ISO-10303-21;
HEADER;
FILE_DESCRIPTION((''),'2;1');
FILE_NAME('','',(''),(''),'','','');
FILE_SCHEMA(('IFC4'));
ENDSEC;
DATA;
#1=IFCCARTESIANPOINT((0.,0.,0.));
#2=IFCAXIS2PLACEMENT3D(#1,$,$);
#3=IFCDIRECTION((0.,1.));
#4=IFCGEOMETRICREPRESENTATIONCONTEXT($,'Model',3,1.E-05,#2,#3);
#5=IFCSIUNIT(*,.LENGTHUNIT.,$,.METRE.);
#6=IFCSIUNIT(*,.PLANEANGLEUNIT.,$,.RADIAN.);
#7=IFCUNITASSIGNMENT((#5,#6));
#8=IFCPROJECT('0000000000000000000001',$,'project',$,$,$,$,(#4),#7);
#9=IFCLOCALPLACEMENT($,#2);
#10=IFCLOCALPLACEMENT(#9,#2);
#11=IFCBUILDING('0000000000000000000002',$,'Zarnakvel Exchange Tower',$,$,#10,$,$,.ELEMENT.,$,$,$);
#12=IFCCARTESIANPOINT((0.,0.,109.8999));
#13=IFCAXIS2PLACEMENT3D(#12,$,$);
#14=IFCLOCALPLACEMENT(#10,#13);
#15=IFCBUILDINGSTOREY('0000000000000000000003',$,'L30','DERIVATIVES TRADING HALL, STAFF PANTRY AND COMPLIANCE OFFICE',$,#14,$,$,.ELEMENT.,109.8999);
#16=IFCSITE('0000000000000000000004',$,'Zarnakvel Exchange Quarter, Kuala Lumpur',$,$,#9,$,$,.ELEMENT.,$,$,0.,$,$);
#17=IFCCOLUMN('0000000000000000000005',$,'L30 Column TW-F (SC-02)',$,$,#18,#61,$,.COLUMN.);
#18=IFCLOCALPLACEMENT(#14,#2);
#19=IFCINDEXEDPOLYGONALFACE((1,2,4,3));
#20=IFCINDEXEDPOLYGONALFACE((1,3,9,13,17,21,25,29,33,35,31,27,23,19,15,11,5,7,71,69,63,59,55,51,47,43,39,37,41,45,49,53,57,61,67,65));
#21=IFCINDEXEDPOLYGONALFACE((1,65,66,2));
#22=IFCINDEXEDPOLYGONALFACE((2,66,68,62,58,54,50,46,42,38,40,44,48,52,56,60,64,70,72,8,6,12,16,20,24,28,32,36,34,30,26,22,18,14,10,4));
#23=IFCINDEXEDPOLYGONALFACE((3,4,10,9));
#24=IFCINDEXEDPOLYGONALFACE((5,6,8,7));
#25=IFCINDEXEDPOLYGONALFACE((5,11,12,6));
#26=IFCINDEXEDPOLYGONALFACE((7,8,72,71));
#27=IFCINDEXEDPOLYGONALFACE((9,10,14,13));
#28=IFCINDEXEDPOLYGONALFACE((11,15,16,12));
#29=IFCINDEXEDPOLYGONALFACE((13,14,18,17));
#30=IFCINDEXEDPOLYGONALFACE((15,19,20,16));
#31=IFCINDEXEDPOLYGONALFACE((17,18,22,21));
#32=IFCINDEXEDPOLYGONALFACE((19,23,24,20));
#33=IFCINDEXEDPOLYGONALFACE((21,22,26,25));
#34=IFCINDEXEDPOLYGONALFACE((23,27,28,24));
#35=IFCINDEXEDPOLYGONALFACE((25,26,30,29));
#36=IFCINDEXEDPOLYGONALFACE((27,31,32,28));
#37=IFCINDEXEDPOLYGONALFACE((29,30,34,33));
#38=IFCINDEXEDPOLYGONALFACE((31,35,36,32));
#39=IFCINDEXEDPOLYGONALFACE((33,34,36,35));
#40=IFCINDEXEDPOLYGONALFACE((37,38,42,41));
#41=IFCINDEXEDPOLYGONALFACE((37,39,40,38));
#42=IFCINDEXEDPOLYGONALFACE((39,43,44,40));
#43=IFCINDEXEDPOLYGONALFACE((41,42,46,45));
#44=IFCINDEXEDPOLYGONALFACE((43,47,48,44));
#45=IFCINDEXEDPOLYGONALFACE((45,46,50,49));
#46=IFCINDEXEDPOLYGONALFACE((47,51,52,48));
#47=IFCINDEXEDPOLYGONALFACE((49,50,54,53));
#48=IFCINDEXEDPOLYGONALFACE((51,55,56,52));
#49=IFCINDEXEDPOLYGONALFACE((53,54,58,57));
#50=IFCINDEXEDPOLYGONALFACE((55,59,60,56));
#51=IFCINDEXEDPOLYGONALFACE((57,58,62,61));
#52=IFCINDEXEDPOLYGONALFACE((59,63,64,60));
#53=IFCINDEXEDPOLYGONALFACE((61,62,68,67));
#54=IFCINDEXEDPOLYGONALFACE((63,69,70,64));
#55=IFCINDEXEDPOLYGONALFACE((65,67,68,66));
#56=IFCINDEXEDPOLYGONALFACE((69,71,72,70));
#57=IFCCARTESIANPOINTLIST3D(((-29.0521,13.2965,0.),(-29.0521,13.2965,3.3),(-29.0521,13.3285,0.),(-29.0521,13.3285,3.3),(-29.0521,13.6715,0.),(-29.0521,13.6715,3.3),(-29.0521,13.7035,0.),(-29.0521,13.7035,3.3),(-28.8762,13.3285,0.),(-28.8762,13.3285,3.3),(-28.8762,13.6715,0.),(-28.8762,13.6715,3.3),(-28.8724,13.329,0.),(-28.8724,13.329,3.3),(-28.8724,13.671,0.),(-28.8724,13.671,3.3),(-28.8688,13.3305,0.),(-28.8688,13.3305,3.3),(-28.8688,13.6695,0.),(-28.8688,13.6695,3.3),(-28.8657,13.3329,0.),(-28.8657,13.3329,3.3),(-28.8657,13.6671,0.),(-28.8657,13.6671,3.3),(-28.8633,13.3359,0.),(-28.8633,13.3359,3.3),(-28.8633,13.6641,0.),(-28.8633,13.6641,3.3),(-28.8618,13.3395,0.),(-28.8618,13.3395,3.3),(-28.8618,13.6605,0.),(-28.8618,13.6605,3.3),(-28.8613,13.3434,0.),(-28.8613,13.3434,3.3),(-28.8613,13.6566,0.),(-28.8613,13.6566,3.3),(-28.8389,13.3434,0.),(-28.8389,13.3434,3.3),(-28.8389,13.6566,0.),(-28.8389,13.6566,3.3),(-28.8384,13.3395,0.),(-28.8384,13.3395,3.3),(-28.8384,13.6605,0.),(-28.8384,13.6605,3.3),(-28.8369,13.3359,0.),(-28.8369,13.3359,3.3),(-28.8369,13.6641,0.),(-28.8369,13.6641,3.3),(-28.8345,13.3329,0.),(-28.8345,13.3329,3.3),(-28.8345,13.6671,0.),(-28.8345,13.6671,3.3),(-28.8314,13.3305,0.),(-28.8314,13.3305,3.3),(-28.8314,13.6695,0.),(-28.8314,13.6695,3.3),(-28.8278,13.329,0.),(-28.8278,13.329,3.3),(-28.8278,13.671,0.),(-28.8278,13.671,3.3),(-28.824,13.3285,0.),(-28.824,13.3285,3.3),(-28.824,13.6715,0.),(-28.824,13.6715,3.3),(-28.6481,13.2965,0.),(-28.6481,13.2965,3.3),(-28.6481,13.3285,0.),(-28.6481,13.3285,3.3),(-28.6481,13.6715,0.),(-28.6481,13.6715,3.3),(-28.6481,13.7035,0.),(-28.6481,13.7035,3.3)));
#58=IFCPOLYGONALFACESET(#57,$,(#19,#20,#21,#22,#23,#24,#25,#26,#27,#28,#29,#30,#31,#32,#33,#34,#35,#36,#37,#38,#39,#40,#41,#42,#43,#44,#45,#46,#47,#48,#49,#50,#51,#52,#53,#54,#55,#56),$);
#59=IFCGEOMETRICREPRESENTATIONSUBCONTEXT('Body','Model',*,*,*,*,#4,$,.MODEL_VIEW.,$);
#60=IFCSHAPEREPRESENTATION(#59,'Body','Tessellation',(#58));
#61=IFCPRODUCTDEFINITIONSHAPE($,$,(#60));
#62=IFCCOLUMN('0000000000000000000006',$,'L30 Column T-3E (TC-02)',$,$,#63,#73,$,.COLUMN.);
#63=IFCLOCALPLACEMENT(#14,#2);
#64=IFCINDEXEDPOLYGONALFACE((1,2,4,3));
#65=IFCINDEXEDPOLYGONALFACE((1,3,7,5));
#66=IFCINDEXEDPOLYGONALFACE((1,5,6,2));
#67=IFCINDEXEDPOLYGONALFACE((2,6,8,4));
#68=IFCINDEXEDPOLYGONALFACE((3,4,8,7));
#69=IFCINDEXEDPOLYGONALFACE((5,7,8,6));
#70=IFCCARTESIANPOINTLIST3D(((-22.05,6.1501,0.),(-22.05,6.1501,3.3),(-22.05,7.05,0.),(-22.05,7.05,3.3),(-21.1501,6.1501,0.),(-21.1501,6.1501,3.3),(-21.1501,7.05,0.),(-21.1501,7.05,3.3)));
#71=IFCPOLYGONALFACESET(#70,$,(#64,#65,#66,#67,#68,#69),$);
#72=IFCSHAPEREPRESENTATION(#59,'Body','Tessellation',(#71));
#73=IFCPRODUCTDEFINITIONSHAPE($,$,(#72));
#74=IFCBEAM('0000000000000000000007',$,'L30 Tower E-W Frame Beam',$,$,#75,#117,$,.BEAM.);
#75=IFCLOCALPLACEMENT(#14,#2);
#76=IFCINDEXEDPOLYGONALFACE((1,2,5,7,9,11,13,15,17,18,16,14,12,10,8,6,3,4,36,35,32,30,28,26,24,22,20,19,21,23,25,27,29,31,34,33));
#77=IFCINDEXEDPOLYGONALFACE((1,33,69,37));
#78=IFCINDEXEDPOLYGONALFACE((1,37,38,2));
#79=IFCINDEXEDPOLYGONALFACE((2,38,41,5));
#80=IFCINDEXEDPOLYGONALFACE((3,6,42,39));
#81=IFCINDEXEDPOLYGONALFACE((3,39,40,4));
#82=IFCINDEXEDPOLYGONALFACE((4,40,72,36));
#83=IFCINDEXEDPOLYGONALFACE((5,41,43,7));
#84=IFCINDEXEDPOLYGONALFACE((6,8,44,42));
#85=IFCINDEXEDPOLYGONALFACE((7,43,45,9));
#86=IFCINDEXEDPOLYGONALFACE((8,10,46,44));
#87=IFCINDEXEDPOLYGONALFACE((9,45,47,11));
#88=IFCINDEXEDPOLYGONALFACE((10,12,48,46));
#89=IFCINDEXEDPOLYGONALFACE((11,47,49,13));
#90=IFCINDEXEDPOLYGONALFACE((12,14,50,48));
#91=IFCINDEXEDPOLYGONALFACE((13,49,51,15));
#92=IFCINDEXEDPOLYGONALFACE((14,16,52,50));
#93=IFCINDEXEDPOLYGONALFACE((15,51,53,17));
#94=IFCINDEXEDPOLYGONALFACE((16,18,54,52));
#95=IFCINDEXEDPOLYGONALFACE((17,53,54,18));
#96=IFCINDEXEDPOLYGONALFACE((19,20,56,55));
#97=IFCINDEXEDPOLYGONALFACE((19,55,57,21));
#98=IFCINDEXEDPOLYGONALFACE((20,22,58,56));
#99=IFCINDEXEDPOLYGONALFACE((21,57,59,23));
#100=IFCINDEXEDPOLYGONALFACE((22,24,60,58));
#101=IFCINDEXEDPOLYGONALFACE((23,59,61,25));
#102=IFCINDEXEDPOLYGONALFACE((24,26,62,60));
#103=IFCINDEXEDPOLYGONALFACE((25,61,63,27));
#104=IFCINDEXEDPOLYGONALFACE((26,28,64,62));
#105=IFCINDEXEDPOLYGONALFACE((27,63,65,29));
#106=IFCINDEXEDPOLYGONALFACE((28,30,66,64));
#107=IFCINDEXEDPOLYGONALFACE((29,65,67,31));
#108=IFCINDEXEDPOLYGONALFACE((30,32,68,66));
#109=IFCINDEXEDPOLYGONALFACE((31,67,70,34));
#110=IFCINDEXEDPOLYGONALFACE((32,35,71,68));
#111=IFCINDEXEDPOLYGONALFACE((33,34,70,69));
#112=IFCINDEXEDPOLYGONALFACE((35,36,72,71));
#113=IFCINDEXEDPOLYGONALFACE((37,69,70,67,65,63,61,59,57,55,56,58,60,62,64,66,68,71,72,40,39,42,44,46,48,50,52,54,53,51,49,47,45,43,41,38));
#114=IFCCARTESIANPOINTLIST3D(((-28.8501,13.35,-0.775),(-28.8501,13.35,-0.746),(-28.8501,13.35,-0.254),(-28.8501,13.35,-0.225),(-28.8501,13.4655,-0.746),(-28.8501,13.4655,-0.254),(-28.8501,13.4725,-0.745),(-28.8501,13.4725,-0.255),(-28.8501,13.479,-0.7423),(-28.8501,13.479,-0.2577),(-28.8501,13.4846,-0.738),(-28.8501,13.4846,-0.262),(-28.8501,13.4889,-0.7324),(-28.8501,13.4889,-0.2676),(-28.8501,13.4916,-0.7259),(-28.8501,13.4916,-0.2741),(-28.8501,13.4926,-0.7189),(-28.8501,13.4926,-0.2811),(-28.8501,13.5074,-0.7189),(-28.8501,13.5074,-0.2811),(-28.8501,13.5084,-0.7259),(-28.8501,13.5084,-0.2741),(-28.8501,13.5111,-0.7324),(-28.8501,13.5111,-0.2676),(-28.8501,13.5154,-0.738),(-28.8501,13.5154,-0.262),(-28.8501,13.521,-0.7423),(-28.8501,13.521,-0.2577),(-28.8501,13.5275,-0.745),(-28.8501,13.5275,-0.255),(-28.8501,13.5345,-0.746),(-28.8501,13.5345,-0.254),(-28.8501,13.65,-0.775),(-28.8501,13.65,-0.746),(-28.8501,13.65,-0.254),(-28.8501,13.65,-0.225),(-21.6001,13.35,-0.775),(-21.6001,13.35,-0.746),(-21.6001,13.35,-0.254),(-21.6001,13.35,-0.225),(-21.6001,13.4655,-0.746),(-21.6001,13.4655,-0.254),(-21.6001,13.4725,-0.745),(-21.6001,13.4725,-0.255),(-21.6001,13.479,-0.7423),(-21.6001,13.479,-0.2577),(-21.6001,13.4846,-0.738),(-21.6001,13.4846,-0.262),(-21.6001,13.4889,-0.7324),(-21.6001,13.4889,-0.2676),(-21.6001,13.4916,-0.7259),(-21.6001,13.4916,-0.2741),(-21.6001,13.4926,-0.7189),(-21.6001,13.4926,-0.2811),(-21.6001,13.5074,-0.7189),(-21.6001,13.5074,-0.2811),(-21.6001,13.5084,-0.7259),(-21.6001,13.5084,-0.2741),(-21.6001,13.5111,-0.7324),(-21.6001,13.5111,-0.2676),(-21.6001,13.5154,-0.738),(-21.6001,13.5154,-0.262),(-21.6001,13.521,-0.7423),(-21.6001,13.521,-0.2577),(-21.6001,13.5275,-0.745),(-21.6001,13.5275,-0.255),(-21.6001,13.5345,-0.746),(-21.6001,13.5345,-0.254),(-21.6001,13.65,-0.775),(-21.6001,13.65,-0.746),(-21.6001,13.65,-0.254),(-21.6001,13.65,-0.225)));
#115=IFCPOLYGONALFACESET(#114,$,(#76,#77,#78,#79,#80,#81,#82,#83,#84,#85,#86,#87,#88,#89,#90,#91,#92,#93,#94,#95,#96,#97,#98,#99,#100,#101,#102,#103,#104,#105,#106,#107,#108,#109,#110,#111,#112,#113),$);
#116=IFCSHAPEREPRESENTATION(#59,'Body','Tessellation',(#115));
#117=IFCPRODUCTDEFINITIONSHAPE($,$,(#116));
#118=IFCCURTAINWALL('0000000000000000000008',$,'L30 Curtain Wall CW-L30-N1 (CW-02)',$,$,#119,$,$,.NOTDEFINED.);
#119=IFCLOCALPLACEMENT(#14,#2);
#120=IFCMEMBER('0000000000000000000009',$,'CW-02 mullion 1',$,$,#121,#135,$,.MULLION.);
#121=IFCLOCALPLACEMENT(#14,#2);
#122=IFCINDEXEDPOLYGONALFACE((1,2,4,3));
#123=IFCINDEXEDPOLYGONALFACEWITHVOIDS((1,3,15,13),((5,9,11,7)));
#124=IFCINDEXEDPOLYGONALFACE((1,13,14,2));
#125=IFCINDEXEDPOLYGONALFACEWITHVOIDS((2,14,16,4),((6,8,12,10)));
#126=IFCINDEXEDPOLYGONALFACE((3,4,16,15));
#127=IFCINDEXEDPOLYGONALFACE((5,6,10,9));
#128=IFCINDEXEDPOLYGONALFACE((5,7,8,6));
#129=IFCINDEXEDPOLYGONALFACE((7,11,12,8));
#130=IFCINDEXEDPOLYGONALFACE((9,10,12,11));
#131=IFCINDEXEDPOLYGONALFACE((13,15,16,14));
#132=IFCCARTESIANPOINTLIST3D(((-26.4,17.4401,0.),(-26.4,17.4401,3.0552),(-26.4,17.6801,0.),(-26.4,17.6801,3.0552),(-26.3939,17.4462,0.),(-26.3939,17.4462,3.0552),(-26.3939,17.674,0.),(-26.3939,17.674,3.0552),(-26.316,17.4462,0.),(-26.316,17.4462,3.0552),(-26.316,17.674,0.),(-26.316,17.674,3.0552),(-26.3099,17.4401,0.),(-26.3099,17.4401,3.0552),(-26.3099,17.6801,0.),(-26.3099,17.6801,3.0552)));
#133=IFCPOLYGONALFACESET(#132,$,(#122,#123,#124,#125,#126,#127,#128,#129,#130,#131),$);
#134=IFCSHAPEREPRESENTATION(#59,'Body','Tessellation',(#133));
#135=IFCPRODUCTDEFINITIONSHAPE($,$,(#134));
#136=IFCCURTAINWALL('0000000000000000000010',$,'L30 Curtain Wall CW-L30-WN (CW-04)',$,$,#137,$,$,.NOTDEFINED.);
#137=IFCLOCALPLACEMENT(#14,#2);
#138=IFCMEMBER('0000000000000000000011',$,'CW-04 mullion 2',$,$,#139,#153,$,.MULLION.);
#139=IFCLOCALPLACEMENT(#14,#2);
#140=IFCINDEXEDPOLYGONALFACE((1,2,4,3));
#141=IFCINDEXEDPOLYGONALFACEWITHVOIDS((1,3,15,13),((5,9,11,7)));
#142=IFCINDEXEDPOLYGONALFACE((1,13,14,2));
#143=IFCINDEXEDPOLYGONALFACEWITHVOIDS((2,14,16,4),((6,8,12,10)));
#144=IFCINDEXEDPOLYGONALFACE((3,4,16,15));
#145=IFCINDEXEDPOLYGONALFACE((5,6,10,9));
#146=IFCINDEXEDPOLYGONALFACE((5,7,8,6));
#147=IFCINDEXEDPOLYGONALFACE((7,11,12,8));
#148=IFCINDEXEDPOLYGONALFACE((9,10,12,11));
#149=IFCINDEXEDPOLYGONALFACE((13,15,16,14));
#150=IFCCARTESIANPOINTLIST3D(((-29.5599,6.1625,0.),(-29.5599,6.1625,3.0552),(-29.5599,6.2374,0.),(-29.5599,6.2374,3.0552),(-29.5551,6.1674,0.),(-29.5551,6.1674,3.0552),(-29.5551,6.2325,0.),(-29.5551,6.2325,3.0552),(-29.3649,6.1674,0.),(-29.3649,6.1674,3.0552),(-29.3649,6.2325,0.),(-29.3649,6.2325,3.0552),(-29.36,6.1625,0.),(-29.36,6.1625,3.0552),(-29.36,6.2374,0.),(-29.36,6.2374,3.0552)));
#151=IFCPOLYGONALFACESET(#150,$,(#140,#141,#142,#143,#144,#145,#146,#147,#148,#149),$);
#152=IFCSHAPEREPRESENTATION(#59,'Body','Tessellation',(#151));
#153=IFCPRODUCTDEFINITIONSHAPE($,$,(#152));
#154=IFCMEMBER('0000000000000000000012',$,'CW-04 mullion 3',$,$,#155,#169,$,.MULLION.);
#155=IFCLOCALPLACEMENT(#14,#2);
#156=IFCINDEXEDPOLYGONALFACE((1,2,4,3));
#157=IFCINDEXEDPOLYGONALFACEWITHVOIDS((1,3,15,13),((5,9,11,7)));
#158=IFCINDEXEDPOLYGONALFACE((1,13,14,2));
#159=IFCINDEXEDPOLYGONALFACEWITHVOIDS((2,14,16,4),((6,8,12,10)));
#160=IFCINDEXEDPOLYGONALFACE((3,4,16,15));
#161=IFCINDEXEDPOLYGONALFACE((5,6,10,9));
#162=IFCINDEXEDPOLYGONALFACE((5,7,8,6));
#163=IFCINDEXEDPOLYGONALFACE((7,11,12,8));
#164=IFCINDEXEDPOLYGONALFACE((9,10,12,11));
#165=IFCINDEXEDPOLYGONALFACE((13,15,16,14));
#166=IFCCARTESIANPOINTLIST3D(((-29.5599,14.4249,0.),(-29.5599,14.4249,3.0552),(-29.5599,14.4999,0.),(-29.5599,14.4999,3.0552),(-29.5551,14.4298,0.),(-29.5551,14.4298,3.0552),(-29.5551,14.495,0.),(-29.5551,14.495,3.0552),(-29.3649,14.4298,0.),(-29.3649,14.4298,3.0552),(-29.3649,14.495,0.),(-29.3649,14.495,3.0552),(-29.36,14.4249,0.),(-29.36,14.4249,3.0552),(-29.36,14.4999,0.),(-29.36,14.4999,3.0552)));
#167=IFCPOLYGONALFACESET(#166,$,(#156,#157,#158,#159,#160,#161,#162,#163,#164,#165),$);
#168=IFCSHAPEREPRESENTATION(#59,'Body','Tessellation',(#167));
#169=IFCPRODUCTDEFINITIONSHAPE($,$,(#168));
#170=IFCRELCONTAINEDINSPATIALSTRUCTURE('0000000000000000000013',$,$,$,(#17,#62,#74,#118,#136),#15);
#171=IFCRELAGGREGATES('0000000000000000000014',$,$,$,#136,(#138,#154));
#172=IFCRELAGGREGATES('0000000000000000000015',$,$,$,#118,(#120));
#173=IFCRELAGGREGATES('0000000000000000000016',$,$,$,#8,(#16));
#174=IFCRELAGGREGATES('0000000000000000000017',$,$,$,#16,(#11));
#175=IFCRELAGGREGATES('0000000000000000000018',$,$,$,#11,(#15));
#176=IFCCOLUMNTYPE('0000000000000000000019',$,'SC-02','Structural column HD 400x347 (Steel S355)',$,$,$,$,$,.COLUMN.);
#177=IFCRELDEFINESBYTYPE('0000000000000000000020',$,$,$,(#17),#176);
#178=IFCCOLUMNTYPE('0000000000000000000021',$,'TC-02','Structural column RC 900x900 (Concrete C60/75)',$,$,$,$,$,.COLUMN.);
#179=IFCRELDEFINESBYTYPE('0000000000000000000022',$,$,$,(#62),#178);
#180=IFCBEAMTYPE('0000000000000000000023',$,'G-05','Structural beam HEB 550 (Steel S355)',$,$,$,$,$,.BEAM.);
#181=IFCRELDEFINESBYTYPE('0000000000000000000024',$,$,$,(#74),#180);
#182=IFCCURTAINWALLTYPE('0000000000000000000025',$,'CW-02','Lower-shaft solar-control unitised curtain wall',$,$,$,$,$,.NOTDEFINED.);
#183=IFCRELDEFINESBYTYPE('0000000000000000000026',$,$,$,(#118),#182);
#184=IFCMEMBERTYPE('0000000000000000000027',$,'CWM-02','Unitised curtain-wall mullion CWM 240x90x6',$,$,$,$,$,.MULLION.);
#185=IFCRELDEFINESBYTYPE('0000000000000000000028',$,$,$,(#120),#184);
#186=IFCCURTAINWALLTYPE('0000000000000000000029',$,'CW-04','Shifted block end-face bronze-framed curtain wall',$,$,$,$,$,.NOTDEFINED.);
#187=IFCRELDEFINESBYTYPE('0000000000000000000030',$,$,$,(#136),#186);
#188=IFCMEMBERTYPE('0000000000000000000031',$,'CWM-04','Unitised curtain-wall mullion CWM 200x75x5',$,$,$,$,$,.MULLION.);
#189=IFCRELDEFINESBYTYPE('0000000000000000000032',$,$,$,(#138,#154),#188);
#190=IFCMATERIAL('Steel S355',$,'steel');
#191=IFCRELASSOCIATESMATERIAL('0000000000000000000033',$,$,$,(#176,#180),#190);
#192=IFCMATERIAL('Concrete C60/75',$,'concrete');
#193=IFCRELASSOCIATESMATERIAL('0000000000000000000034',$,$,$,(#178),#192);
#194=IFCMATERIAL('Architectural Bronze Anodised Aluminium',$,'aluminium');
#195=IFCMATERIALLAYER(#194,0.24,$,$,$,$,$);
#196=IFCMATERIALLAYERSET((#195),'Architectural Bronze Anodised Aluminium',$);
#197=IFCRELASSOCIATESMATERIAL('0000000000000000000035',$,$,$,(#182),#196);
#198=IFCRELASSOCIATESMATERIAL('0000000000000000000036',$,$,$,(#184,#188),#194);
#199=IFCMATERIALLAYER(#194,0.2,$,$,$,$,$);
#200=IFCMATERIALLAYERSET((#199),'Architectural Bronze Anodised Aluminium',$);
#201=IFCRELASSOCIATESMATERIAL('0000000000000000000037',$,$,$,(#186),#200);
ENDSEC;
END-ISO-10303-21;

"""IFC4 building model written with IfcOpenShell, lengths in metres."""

from ifc_helpers import new_model, si_unit, direction, frame, origin, origin_2d, place, context, subcontext, project, spatial, rectangle, hollow_rectangle, i_section, extrude, source, transform, mapped, material, layer, layer_set, material_profile, profile_set, type_object, element, aggregate, save


model = new_model("IFC4")

# Units and contexts
model_context = context("Model", 3, precision=1e-05, world=origin(), true_north=direction((0.0, 1.0)))
body_context = subcontext(model_context, "Body", "Model", "MODEL_VIEW")
ifc_project = project(units=[si_unit("LENGTHUNIT", "METRE"), si_unit("PLANEANGLEUNIT", "RADIAN")], contexts=[model_context])

# Site, building, storey
site_placement = place(None, origin())
site = spatial("IfcSite", under=ifc_project, at=site_placement, Name="Zarnakvel Exchange Quarter, Kuala Lumpur", CompositionType="ELEMENT", RefElevation=0.0)
building_placement = place(site_placement, origin())
building = spatial("IfcBuilding", under=site, at=building_placement, Name="Zarnakvel Exchange Tower", CompositionType="ELEMENT")
storey_placement = place(building_placement, frame((0.0, 0.0, 109.8999)))
storey = spatial("IfcBuildingStorey", under=building, at=storey_placement, Name="L30", Description="DERIVATIVES TRADING HALL, STAFF PANTRY AND COMPLIANCE OFFICE", CompositionType="ELEMENT", Elevation=109.8999)

# Columns
ifc_material_1 = material(Name="Steel S355", Category="steel")
ifc_material_profile_1 = material_profile(ifc_material_1, i_section(OverallWidth=0.4041, OverallDepth=0.407, WebThickness=0.0225, FlangeThickness=0.032, FilletRadius=0.0149, at=origin_2d()))
ifc_profile_set_1 = profile_set([ifc_material_profile_1], Name="Steel S355")
column_type_1 = type_object("IfcColumnType", Name="SC-02", Description="Structural column HD 400x347 (Steel S355)", PredefinedType="COLUMN", material=ifc_profile_set_1)
column_1_placement = place(storey_placement, frame((-28.8501, 13.5, 0.0), z_axis=(0.0, 0.0, 1.0), x_axis=(1.0, 0.0, 0.0)))
element("IfcColumn", 1, at=column_1_placement, inside=storey, type_object=column_type_1, Name="L30 Column TW-F (SC-02)", PredefinedType="COLUMN", context=body_context, shape_type="SweptSolid", body=[
    extrude(i_section(OverallWidth=0.4041, OverallDepth=0.407, WebThickness=0.0225, FlangeThickness=0.032, FilletRadius=0.0149, at=origin_2d()), origin(), (0.0, 0.0, 1.0), 3.3),
])
ifc_material_2 = material(Name="Concrete C60/75", Category="concrete")
ifc_material_profile_2 = material_profile(ifc_material_2, rectangle(XDim=0.8999, YDim=0.8999, at=origin_2d()))
ifc_profile_set_2 = profile_set([ifc_material_profile_2], Name="Concrete C60/75")
column_type_2 = type_object("IfcColumnType", Name="TC-02", Description="Structural column RC 900x900 (Concrete C60/75)", PredefinedType="COLUMN", material=ifc_profile_set_2)
column_2_placement = place(storey_placement, frame((-21.6001, 6.6001, 0.0), z_axis=(0.0, 0.0, 1.0), x_axis=(1.0, 0.0, 0.0)))
element("IfcColumn", 2, at=column_2_placement, inside=storey, type_object=column_type_2, Name="L30 Column T-3E (TC-02)", PredefinedType="COLUMN", context=body_context, shape_type="SweptSolid", body=[
    extrude(rectangle(XDim=0.8999, YDim=0.8999, at=origin_2d()), origin(), (0.0, 0.0, 1.0), 3.3),
])

# Beam
ifc_material_profile_3 = material_profile(ifc_material_1, i_section(OverallWidth=0.3, OverallDepth=0.55, WebThickness=0.0149, FlangeThickness=0.0291, FilletRadius=0.0271, at=origin_2d()))
ifc_profile_set_3 = profile_set([ifc_material_profile_3], Name="Steel S355")
beam_type = type_object("IfcBeamType", Name="G-05", Description="Structural beam HEB 550 (Steel S355)", PredefinedType="BEAM", material=ifc_profile_set_3)
beam_placement = place(storey_placement, frame((-28.8501, 13.5, -0.5), z_axis=(1.0, 0.0, 0.0), x_axis=(0.0, 1.0, 0.0)))
element("IfcBeam", 3, at=beam_placement, inside=storey, type_object=beam_type, Name="L30 Tower E-W Frame Beam", PredefinedType="BEAM", context=body_context, shape_type="SweptSolid", body=[
    extrude(i_section(OverallWidth=0.3, OverallDepth=0.55, WebThickness=0.0149, FlangeThickness=0.0291, FilletRadius=0.0271, at=origin_2d()), origin(), (0.0, 0.0, 1.0), 7.25),
])

# Curtain wall, member
ifc_material_3 = material(Name="Architectural Bronze Anodised Aluminium", Category="aluminium")
ifc_layer_1 = layer(ifc_material_3, 0.24)
ifc_layer_set_1 = layer_set([ifc_layer_1], Name="Architectural Bronze Anodised Aluminium")
curtain_wall_type_1 = type_object("IfcCurtainWallType", Name="CW-02", Description="Lower-shaft solar-control unitised curtain wall", PredefinedType="NOTDEFINED", material=ifc_layer_set_1)
curtain_wall_1_placement = place(storey_placement, origin())
curtain_wall_1 = element("IfcCurtainWall", 4, at=curtain_wall_1_placement, inside=storey, type_object=curtain_wall_type_1, Name="L30 Curtain Wall CW-L30-N1 (CW-02)", PredefinedType="NOTDEFINED")
ifc_material_profile_4 = material_profile(ifc_material_3, hollow_rectangle(XDim=0.24, YDim=0.0901, WallThickness=0.0061, at=origin_2d()))
ifc_profile_set_4 = profile_set([ifc_material_profile_4], Name="Architectural Bronze Anodised Aluminium")
member_type_1 = type_object("IfcMemberType", Name="CWM-02", Description="Unitised curtain-wall mullion CWM 240x90x6", PredefinedType="MULLION", material=ifc_profile_set_4)
shared_shape_1 = source(origin(), body_context, "Body", "SweptSolid", [
    extrude(hollow_rectangle(XDim=0.24, YDim=0.0901, WallThickness=0.0061, at=origin_2d()), origin(), (0.0, 0.0, 1.0), 3.0552),
])
member_1_placement = place(storey_placement, frame((-26.355, 17.5601, 0.0), z_axis=(0.0, 0.0, 1.0), x_axis=(0.0, 1.0, 0.0)))
member_1 = element("IfcMember", 5, at=member_1_placement, type_object=member_type_1, Name="CW-02 mullion 1", PredefinedType="MULLION", context=body_context, shape_type="MappedRepresentation", body=[
    mapped(shared_shape_1, transform((0.0, 0.0, 0.0), x_axis=(1.0, 0.0, 0.0), y_axis=(0.0, 1.0, 0.0), z_axis=(0.0, 0.0, 1.0), scale=1.0)),
])

# Curtain wall, members
ifc_layer_2 = layer(ifc_material_3, 0.2)
ifc_layer_set_2 = layer_set([ifc_layer_2], Name="Architectural Bronze Anodised Aluminium")
curtain_wall_type_2 = type_object("IfcCurtainWallType", Name="CW-04", Description="Shifted block end-face bronze-framed curtain wall", PredefinedType="NOTDEFINED", material=ifc_layer_set_2)
curtain_wall_2_placement = place(storey_placement, origin())
curtain_wall_2 = element("IfcCurtainWall", 6, at=curtain_wall_2_placement, inside=storey, type_object=curtain_wall_type_2, Name="L30 Curtain Wall CW-L30-WN (CW-04)", PredefinedType="NOTDEFINED")
ifc_material_profile_5 = material_profile(ifc_material_3, hollow_rectangle(XDim=0.2, YDim=0.075, WallThickness=0.0049, at=origin_2d()))
ifc_profile_set_5 = profile_set([ifc_material_profile_5], Name="Architectural Bronze Anodised Aluminium")
member_type_2 = type_object("IfcMemberType", Name="CWM-04", Description="Unitised curtain-wall mullion CWM 200x75x5", PredefinedType="MULLION", material=ifc_profile_set_5)
shared_shape_2 = source(origin(), body_context, "Body", "SweptSolid", [
    extrude(hollow_rectangle(XDim=0.2, YDim=0.075, WallThickness=0.0049, at=origin_2d()), origin(), (0.0, 0.0, 1.0), 3.0552),
])
member_2_placement = place(storey_placement, frame((-29.46, 6.2, 0.0), z_axis=(0.0, 0.0, 1.0), x_axis=(-1.0, 0.0, 0.0)))
member_2 = element("IfcMember", 7, at=member_2_placement, type_object=member_type_2, Name="CW-04 mullion 2", PredefinedType="MULLION", context=body_context, shape_type="MappedRepresentation", body=[
    mapped(shared_shape_2, transform((0.0, 0.0, 0.0), x_axis=(1.0, 0.0, 0.0), y_axis=(0.0, 1.0, 0.0), z_axis=(0.0, 0.0, 1.0), scale=1.0)),
])
member_3_placement = place(storey_placement, frame((-29.46, 14.4624, 0.0), z_axis=(0.0, 0.0, 1.0), x_axis=(-1.0, 0.0, 0.0)))
member_3 = element("IfcMember", 8, at=member_3_placement, type_object=member_type_2, Name="CW-04 mullion 3", PredefinedType="MULLION", context=body_context, shape_type="MappedRepresentation", body=[
    mapped(shared_shape_2, transform((0.0, 0.0, 0.0), x_axis=(1.0, 0.0, 0.0), y_axis=(0.0, 1.0, 0.0), z_axis=(0.0, 0.0, 1.0), scale=1.0)),
])

aggregate(curtain_wall_2, [member_2, member_3])
aggregate(curtain_wall_1, [member_1])

save(model, "model.ifc")
